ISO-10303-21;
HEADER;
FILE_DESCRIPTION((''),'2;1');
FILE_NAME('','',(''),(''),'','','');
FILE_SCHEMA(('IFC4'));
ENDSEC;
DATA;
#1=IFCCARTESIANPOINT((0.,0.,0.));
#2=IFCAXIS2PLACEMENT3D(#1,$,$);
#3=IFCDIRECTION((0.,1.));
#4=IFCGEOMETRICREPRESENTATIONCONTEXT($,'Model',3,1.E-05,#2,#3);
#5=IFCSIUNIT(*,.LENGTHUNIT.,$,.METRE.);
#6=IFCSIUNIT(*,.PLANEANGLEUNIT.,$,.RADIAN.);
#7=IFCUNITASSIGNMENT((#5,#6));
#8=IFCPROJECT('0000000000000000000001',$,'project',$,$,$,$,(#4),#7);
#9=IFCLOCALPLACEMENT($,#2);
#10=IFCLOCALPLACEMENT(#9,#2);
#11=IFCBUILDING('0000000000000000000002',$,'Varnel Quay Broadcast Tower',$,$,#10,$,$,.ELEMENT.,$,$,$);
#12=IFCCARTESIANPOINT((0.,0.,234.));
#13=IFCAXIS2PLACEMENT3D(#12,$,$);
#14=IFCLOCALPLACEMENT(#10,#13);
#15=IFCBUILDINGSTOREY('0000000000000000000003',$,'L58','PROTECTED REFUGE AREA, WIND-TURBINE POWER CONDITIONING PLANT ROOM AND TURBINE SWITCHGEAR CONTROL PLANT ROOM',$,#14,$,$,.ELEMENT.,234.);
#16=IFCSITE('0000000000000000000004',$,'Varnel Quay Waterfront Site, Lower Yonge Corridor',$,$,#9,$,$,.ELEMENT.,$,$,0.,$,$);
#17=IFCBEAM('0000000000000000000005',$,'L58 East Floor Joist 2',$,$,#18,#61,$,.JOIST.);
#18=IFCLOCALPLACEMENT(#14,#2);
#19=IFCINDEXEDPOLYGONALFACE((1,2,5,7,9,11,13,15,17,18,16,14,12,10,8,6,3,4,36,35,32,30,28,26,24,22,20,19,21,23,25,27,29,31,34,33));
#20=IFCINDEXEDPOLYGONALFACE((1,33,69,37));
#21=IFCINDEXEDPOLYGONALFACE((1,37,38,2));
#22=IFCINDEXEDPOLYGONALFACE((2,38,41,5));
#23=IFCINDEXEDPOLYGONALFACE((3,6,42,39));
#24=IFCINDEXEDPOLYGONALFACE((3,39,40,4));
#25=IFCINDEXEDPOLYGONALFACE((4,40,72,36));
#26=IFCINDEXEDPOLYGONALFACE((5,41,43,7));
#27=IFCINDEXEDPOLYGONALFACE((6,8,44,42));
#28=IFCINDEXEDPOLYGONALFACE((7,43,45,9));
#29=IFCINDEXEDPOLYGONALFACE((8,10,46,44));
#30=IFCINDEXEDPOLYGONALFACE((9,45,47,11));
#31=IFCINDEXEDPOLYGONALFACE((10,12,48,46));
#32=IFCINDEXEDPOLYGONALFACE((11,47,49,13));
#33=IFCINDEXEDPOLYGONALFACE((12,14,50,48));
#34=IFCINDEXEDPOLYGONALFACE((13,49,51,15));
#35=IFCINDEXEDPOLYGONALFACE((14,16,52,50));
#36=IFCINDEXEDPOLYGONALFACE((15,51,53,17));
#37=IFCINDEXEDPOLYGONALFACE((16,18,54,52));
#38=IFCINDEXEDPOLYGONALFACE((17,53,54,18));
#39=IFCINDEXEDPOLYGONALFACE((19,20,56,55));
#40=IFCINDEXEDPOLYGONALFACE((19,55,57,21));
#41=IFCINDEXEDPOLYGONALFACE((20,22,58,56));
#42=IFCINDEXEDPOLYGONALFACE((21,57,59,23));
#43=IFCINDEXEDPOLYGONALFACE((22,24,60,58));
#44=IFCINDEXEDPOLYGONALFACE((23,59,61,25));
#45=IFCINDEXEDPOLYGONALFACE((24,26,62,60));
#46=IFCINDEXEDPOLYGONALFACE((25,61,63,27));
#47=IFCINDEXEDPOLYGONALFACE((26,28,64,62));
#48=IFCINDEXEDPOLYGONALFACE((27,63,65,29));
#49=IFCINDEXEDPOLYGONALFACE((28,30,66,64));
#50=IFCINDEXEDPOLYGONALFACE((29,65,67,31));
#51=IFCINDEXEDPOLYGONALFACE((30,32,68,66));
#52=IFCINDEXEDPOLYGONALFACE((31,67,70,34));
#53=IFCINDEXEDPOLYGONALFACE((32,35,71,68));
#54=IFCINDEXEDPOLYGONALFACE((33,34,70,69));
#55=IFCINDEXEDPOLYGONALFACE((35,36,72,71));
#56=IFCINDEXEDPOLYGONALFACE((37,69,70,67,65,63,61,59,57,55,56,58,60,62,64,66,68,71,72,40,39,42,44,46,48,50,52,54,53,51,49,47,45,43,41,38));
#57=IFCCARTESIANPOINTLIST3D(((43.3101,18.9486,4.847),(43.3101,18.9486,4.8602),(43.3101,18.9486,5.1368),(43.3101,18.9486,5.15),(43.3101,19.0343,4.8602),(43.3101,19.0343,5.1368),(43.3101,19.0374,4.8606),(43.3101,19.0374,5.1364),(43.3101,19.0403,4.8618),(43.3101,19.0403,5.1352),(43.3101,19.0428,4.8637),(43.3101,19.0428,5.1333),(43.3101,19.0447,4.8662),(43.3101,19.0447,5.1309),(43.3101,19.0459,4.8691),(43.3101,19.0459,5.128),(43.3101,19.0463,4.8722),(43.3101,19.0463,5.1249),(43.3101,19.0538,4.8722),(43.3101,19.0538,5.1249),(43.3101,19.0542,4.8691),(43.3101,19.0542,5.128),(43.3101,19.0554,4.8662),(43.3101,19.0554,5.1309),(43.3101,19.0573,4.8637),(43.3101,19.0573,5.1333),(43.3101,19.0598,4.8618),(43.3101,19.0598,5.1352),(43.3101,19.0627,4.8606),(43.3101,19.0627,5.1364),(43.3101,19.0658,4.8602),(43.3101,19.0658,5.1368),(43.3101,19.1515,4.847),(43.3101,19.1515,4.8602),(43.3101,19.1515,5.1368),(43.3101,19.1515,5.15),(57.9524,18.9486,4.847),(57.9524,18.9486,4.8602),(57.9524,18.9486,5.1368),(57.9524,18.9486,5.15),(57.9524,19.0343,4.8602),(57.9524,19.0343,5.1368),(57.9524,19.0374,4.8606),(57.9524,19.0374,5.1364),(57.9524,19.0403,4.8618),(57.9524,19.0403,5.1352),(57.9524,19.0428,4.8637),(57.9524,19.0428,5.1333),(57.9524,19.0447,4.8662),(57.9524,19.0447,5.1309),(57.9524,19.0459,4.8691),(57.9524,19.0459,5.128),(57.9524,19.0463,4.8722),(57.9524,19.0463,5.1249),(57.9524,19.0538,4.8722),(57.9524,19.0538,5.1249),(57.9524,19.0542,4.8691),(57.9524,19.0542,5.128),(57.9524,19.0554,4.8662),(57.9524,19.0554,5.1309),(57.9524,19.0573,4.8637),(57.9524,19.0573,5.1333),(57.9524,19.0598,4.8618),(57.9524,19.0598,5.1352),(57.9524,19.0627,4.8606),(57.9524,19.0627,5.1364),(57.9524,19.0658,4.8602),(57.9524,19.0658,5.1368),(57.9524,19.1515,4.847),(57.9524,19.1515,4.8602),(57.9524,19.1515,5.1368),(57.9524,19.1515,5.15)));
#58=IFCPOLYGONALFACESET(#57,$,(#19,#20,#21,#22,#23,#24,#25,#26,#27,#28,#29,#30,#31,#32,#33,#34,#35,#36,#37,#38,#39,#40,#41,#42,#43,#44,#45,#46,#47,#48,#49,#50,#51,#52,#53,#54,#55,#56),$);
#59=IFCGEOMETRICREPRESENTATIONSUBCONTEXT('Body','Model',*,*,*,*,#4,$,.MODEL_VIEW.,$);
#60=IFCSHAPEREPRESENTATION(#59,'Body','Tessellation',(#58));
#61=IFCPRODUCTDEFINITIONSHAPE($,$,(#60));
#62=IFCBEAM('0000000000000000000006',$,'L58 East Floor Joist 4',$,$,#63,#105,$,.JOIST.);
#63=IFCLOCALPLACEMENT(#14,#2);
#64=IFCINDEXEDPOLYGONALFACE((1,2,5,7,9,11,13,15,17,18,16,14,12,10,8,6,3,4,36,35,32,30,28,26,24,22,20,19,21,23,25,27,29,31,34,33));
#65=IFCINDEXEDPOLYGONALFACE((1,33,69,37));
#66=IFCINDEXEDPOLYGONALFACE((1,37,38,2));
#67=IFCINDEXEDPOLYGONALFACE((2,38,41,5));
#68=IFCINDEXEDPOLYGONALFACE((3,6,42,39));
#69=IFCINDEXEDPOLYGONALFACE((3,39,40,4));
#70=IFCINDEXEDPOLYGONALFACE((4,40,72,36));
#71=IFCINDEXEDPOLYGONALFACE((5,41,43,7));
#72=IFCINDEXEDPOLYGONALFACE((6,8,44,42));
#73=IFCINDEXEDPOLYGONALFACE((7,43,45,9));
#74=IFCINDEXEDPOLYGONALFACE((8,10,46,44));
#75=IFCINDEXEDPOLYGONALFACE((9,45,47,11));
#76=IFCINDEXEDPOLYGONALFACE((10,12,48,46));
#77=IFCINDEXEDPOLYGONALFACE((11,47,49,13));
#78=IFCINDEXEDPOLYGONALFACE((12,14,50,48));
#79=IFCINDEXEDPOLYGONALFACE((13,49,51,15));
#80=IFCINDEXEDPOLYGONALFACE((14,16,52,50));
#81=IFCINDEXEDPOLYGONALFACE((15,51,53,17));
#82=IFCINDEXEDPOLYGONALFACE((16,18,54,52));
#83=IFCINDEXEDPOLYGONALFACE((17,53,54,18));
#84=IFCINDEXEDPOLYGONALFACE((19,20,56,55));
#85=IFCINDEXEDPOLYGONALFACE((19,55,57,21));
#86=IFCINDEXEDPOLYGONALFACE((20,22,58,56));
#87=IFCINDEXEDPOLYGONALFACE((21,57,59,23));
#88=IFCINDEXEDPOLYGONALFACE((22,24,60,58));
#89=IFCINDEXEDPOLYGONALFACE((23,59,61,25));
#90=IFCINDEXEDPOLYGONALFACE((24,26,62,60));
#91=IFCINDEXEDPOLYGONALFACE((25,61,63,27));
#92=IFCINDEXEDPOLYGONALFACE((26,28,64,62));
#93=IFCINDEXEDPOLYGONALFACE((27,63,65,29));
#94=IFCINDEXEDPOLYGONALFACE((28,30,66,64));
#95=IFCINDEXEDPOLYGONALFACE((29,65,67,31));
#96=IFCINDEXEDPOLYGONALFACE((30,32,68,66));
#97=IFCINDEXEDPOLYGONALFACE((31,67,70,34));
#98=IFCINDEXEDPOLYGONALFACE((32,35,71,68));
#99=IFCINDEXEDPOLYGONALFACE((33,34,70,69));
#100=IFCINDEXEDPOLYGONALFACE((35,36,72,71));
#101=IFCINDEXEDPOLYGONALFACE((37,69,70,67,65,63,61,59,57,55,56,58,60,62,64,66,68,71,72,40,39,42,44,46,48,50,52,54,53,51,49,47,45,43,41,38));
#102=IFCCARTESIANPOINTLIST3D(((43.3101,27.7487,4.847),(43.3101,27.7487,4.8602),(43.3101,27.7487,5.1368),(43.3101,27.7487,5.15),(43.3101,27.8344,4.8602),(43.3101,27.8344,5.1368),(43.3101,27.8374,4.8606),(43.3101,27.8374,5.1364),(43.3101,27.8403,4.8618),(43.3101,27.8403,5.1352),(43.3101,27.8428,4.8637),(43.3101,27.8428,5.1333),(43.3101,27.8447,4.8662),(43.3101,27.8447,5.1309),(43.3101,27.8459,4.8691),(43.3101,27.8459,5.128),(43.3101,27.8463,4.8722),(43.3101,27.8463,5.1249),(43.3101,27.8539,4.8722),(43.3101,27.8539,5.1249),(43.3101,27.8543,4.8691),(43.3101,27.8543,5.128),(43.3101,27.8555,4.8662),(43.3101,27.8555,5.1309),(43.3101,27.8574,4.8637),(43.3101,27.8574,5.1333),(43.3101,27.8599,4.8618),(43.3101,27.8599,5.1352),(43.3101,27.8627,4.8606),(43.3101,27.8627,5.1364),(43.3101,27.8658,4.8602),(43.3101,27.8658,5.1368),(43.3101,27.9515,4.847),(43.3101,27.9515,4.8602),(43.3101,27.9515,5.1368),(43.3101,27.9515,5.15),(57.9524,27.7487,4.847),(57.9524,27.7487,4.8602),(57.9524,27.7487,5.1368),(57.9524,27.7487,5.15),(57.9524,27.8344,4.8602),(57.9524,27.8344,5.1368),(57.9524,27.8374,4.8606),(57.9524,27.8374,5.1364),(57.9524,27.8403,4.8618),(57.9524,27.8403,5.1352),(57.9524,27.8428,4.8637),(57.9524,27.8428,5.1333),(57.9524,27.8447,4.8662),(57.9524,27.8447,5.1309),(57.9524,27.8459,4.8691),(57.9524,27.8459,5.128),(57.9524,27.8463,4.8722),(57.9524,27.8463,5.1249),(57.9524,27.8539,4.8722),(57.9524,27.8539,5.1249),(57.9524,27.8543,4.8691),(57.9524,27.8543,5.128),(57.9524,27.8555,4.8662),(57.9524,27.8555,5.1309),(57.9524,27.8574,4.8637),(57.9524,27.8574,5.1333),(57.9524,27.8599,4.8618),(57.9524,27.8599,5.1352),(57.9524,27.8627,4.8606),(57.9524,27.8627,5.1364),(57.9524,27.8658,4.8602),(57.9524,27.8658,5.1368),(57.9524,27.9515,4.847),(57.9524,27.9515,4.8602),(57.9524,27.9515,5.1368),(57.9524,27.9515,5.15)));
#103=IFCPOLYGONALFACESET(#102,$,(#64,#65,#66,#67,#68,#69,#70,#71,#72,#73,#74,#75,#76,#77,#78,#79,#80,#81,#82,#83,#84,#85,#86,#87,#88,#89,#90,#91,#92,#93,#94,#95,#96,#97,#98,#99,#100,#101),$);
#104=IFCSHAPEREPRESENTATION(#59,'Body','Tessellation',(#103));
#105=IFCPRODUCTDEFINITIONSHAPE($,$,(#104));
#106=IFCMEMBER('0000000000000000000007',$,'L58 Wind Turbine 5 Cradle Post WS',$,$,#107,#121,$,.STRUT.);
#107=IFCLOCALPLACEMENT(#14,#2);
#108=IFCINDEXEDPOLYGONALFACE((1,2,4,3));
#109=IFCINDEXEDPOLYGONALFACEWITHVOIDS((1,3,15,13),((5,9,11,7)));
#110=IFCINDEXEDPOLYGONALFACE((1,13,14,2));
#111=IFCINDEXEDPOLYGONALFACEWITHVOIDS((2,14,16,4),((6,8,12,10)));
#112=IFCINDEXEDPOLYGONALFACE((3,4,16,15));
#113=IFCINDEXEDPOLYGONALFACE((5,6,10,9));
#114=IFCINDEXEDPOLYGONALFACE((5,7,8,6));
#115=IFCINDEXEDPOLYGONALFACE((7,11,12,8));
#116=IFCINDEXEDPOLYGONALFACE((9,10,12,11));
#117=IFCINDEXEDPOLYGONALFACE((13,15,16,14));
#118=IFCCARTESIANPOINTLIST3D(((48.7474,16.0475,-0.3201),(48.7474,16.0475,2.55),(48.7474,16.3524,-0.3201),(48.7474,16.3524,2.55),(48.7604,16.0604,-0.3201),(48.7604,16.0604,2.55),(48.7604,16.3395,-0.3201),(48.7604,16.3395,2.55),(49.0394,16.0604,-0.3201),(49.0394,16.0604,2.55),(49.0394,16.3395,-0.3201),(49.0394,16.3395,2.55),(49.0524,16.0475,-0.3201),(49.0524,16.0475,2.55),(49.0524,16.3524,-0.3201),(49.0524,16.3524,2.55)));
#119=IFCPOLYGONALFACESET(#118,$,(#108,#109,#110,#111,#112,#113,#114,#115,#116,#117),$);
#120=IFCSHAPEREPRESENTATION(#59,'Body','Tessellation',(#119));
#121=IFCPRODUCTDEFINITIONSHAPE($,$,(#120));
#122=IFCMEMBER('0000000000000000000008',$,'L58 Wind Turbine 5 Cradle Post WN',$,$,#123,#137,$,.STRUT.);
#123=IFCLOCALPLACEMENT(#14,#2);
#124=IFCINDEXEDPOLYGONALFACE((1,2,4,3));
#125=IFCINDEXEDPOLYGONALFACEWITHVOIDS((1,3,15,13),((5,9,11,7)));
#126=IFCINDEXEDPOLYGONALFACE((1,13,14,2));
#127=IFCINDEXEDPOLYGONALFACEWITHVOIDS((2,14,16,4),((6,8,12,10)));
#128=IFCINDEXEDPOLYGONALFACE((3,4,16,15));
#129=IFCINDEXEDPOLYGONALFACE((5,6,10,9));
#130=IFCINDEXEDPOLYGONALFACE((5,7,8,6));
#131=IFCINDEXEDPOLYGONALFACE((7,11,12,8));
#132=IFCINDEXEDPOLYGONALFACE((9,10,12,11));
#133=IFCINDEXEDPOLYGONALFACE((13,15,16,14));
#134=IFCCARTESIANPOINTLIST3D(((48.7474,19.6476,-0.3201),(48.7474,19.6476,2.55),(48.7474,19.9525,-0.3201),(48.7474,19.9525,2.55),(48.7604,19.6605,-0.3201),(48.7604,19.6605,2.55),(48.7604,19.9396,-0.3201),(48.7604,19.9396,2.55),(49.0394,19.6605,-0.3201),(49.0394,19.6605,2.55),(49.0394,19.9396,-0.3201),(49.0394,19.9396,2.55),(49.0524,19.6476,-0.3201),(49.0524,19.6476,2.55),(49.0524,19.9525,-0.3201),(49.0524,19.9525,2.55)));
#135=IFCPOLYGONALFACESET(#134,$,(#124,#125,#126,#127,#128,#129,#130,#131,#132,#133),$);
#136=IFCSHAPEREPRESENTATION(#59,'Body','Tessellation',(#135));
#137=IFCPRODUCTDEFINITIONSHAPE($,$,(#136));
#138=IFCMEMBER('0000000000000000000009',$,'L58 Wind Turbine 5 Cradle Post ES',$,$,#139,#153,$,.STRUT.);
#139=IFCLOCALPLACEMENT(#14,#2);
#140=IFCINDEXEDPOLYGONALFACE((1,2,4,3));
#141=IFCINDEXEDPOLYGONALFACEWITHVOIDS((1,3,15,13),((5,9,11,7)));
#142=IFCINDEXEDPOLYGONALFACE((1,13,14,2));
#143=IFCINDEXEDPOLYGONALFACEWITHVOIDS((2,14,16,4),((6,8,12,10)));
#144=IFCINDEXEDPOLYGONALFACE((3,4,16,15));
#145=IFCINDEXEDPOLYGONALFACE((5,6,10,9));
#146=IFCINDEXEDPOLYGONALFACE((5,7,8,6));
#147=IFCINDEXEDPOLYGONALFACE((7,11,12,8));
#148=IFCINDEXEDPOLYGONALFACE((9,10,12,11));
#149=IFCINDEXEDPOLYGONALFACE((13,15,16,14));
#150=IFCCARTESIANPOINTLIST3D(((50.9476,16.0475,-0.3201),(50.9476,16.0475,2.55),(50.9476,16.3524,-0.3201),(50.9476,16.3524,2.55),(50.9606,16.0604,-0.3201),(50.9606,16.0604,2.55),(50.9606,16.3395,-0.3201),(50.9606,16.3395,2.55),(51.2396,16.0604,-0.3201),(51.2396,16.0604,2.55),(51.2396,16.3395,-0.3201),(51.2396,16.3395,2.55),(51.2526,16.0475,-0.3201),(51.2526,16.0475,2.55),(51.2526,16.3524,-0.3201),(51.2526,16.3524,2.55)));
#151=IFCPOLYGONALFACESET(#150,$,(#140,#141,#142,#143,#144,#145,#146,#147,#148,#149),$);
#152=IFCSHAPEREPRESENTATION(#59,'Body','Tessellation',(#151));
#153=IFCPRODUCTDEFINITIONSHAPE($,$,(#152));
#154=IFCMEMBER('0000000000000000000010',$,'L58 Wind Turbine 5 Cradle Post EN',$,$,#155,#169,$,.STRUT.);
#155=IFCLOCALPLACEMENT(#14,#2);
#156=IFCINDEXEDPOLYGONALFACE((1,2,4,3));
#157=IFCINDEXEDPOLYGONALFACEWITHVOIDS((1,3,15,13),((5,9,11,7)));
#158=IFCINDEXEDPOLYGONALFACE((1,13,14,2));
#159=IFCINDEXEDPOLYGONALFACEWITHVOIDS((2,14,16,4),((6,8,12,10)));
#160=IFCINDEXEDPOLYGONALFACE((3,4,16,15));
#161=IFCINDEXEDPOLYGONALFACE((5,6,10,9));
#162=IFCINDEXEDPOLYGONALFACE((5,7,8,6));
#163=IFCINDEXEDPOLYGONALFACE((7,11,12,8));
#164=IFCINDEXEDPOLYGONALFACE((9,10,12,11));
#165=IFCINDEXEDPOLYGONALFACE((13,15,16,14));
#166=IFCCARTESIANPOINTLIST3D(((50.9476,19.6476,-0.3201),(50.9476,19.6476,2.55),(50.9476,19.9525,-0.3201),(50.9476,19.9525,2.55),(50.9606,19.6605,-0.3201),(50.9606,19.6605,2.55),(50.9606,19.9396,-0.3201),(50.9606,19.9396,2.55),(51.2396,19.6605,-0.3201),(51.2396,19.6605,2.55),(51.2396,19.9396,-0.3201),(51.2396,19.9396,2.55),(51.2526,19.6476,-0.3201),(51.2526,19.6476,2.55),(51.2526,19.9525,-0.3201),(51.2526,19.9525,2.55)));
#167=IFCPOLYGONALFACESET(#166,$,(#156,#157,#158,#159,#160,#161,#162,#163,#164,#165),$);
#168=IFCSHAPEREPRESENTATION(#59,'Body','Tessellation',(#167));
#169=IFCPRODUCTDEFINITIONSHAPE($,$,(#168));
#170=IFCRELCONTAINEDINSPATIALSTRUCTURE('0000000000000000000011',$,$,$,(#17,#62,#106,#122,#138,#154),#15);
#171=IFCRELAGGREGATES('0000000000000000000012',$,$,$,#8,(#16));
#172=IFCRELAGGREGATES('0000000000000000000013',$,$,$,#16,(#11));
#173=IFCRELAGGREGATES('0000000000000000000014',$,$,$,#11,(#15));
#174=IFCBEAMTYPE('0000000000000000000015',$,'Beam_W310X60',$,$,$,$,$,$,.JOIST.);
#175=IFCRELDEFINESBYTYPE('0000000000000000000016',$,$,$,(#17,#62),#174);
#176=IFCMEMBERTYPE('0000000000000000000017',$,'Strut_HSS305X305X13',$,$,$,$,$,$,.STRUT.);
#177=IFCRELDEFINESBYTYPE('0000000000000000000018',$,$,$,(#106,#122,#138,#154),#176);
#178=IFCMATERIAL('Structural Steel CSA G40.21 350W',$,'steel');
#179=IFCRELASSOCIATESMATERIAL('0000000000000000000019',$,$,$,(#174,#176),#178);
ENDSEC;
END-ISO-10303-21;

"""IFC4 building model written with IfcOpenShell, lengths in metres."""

from ifc_helpers import new_model, si_unit, direction, frame, origin, origin_2d, place, context, subcontext, project, spatial, hollow_rectangle, i_section, extrude, source, transform, mapped, material, material_profile, profile_set, type_object, type_shapes, element, save


model = new_model("IFC4")

# Units and contexts
model_context = context("Model", 3, precision=1e-05, world=origin(), true_north=direction((0.0, 1.0)))
body_context = subcontext(model_context, "Body", "Model", "MODEL_VIEW")
ifc_project = project(units=[si_unit("LENGTHUNIT", "METRE"), si_unit("PLANEANGLEUNIT", "RADIAN")], contexts=[model_context])

# Site, building, storey
site_placement = place(None, origin())
site = spatial("IfcSite", under=ifc_project, at=site_placement, Name="Varnel Quay Waterfront Site, Lower Yonge Corridor", CompositionType="ELEMENT", RefElevation=0.0)
building_placement = place(site_placement, origin())
building = spatial("IfcBuilding", under=site, at=building_placement, Name="Varnel Quay Broadcast Tower", CompositionType="ELEMENT")
storey_placement = place(building_placement, frame((0.0, 0.0, 234.0)))
storey = spatial("IfcBuildingStorey", under=building, at=storey_placement, Name="L58", Description="PROTECTED REFUGE AREA, WIND-TURBINE POWER CONDITIONING PLANT ROOM AND TURBINE SWITCHGEAR CONTROL PLANT ROOM", CompositionType="ELEMENT", Elevation=234.0)

# Shared definitions
ifc_material_1 = material(Name="Structural Steel CSA G40.21 350W", Category="steel")

# Beams
ifc_material_profile_1 = material_profile(ifc_material_1, i_section(OverallWidth=0.2029, OverallDepth=0.303, WebThickness=0.0076, FlangeThickness=0.0132, FilletRadius=0.012, at=origin_2d()), Name="W310X60")
ifc_profile_set_1 = profile_set([ifc_material_profile_1], Name="Structural Steel CSA G40.21 350W")
beam_type_1 = type_object("IfcBeamType", Name="Beam_W310X60", PredefinedType="JOIST", material=ifc_profile_set_1)
shared_shape_1 = source(origin(), body_context, "Body", "SweptSolid", [
    extrude(i_section(OverallWidth=0.2029, OverallDepth=0.303, WebThickness=0.0076, FlangeThickness=0.0132, FilletRadius=0.012, at=origin_2d()), origin(), (0.0, 0.0, 1.0), 14.6423),
])
for number, where, z_axis, x_axis, name in (
    (1, (43.3101, 19.05, 4.9985), (1.0, 0.0, 0.0), (0.0, 1.0, 0.0), "L58 East Floor Joist 2"),
    (2, (43.3101, 27.8501, 4.9985), (1.0, 0.0, 0.0), (0.0, 1.0, 0.0), "L58 East Floor Joist 4"),
):
    element("IfcBeam", number, at=place(storey_placement, frame(where, z_axis=z_axis, x_axis=x_axis)), inside=storey, type_object=beam_type_1, Name=name, PredefinedType="JOIST", context=body_context, shape_type="MappedRepresentation", body=[
        mapped(shared_shape_1, transform((0.0, 0.0, 0.0), x_axis=(1.0, 0.0, 0.0), y_axis=(0.0, 1.0, 0.0), z_axis=(0.0, 0.0, 1.0), scale=1.0)),
    ])

# Members
ifc_material_profile_2 = material_profile(ifc_material_1, hollow_rectangle(XDim=0.3049, YDim=0.3049, WallThickness=0.0129, at=origin_2d()), Name="HSS305X305X13")
ifc_profile_set_2 = profile_set([ifc_material_profile_2], Name="Structural Steel CSA G40.21 350W")
member_type_1 = type_object("IfcMemberType", Name="Strut_HSS305X305X13", PredefinedType="STRUT", material=ifc_profile_set_2)
shared_shape_2 = source(origin(), body_context, "Body", "SweptSolid", [
    extrude(hollow_rectangle(XDim=0.3049, YDim=0.3049, WallThickness=0.0129, at=origin_2d()), origin(), (0.0, 0.0, 1.0), 2.8701),
])
type_shapes(member_type_1, [shared_shape_2])
for number, where, z_axis, x_axis, name in (
    (3, (48.8999, 16.2, -0.3201), (0.0, 0.0, 1.0), (1.0, 0.0, 0.0), "L58 Wind Turbine 5 Cradle Post WS"),
    (4, (48.8999, 19.8, -0.3201), (0.0, 0.0, 1.0), (1.0, 0.0, 0.0), "L58 Wind Turbine 5 Cradle Post WN"),
    (5, (51.1001, 16.2, -0.3201), (0.0, 0.0, 1.0), (1.0, 0.0, 0.0), "L58 Wind Turbine 5 Cradle Post ES"),
    (6, (51.1001, 19.8, -0.3201), (0.0, 0.0, 1.0), (1.0, 0.0, 0.0), "L58 Wind Turbine 5 Cradle Post EN"),
):
    element("IfcMember", number, at=place(storey_placement, frame(where, z_axis=z_axis, x_axis=x_axis)), inside=storey, type_object=member_type_1, Name=name, PredefinedType="STRUT", context=body_context, shape_type="MappedRepresentation", body=[
        mapped(shared_shape_2, transform((0.0, 0.0, 0.0), x_axis=(1.0, 0.0, 0.0), y_axis=(0.0, 1.0, 0.0), z_axis=(0.0, 0.0, 1.0), scale=1.0)),
    ])

save(model, "model.ifc")
